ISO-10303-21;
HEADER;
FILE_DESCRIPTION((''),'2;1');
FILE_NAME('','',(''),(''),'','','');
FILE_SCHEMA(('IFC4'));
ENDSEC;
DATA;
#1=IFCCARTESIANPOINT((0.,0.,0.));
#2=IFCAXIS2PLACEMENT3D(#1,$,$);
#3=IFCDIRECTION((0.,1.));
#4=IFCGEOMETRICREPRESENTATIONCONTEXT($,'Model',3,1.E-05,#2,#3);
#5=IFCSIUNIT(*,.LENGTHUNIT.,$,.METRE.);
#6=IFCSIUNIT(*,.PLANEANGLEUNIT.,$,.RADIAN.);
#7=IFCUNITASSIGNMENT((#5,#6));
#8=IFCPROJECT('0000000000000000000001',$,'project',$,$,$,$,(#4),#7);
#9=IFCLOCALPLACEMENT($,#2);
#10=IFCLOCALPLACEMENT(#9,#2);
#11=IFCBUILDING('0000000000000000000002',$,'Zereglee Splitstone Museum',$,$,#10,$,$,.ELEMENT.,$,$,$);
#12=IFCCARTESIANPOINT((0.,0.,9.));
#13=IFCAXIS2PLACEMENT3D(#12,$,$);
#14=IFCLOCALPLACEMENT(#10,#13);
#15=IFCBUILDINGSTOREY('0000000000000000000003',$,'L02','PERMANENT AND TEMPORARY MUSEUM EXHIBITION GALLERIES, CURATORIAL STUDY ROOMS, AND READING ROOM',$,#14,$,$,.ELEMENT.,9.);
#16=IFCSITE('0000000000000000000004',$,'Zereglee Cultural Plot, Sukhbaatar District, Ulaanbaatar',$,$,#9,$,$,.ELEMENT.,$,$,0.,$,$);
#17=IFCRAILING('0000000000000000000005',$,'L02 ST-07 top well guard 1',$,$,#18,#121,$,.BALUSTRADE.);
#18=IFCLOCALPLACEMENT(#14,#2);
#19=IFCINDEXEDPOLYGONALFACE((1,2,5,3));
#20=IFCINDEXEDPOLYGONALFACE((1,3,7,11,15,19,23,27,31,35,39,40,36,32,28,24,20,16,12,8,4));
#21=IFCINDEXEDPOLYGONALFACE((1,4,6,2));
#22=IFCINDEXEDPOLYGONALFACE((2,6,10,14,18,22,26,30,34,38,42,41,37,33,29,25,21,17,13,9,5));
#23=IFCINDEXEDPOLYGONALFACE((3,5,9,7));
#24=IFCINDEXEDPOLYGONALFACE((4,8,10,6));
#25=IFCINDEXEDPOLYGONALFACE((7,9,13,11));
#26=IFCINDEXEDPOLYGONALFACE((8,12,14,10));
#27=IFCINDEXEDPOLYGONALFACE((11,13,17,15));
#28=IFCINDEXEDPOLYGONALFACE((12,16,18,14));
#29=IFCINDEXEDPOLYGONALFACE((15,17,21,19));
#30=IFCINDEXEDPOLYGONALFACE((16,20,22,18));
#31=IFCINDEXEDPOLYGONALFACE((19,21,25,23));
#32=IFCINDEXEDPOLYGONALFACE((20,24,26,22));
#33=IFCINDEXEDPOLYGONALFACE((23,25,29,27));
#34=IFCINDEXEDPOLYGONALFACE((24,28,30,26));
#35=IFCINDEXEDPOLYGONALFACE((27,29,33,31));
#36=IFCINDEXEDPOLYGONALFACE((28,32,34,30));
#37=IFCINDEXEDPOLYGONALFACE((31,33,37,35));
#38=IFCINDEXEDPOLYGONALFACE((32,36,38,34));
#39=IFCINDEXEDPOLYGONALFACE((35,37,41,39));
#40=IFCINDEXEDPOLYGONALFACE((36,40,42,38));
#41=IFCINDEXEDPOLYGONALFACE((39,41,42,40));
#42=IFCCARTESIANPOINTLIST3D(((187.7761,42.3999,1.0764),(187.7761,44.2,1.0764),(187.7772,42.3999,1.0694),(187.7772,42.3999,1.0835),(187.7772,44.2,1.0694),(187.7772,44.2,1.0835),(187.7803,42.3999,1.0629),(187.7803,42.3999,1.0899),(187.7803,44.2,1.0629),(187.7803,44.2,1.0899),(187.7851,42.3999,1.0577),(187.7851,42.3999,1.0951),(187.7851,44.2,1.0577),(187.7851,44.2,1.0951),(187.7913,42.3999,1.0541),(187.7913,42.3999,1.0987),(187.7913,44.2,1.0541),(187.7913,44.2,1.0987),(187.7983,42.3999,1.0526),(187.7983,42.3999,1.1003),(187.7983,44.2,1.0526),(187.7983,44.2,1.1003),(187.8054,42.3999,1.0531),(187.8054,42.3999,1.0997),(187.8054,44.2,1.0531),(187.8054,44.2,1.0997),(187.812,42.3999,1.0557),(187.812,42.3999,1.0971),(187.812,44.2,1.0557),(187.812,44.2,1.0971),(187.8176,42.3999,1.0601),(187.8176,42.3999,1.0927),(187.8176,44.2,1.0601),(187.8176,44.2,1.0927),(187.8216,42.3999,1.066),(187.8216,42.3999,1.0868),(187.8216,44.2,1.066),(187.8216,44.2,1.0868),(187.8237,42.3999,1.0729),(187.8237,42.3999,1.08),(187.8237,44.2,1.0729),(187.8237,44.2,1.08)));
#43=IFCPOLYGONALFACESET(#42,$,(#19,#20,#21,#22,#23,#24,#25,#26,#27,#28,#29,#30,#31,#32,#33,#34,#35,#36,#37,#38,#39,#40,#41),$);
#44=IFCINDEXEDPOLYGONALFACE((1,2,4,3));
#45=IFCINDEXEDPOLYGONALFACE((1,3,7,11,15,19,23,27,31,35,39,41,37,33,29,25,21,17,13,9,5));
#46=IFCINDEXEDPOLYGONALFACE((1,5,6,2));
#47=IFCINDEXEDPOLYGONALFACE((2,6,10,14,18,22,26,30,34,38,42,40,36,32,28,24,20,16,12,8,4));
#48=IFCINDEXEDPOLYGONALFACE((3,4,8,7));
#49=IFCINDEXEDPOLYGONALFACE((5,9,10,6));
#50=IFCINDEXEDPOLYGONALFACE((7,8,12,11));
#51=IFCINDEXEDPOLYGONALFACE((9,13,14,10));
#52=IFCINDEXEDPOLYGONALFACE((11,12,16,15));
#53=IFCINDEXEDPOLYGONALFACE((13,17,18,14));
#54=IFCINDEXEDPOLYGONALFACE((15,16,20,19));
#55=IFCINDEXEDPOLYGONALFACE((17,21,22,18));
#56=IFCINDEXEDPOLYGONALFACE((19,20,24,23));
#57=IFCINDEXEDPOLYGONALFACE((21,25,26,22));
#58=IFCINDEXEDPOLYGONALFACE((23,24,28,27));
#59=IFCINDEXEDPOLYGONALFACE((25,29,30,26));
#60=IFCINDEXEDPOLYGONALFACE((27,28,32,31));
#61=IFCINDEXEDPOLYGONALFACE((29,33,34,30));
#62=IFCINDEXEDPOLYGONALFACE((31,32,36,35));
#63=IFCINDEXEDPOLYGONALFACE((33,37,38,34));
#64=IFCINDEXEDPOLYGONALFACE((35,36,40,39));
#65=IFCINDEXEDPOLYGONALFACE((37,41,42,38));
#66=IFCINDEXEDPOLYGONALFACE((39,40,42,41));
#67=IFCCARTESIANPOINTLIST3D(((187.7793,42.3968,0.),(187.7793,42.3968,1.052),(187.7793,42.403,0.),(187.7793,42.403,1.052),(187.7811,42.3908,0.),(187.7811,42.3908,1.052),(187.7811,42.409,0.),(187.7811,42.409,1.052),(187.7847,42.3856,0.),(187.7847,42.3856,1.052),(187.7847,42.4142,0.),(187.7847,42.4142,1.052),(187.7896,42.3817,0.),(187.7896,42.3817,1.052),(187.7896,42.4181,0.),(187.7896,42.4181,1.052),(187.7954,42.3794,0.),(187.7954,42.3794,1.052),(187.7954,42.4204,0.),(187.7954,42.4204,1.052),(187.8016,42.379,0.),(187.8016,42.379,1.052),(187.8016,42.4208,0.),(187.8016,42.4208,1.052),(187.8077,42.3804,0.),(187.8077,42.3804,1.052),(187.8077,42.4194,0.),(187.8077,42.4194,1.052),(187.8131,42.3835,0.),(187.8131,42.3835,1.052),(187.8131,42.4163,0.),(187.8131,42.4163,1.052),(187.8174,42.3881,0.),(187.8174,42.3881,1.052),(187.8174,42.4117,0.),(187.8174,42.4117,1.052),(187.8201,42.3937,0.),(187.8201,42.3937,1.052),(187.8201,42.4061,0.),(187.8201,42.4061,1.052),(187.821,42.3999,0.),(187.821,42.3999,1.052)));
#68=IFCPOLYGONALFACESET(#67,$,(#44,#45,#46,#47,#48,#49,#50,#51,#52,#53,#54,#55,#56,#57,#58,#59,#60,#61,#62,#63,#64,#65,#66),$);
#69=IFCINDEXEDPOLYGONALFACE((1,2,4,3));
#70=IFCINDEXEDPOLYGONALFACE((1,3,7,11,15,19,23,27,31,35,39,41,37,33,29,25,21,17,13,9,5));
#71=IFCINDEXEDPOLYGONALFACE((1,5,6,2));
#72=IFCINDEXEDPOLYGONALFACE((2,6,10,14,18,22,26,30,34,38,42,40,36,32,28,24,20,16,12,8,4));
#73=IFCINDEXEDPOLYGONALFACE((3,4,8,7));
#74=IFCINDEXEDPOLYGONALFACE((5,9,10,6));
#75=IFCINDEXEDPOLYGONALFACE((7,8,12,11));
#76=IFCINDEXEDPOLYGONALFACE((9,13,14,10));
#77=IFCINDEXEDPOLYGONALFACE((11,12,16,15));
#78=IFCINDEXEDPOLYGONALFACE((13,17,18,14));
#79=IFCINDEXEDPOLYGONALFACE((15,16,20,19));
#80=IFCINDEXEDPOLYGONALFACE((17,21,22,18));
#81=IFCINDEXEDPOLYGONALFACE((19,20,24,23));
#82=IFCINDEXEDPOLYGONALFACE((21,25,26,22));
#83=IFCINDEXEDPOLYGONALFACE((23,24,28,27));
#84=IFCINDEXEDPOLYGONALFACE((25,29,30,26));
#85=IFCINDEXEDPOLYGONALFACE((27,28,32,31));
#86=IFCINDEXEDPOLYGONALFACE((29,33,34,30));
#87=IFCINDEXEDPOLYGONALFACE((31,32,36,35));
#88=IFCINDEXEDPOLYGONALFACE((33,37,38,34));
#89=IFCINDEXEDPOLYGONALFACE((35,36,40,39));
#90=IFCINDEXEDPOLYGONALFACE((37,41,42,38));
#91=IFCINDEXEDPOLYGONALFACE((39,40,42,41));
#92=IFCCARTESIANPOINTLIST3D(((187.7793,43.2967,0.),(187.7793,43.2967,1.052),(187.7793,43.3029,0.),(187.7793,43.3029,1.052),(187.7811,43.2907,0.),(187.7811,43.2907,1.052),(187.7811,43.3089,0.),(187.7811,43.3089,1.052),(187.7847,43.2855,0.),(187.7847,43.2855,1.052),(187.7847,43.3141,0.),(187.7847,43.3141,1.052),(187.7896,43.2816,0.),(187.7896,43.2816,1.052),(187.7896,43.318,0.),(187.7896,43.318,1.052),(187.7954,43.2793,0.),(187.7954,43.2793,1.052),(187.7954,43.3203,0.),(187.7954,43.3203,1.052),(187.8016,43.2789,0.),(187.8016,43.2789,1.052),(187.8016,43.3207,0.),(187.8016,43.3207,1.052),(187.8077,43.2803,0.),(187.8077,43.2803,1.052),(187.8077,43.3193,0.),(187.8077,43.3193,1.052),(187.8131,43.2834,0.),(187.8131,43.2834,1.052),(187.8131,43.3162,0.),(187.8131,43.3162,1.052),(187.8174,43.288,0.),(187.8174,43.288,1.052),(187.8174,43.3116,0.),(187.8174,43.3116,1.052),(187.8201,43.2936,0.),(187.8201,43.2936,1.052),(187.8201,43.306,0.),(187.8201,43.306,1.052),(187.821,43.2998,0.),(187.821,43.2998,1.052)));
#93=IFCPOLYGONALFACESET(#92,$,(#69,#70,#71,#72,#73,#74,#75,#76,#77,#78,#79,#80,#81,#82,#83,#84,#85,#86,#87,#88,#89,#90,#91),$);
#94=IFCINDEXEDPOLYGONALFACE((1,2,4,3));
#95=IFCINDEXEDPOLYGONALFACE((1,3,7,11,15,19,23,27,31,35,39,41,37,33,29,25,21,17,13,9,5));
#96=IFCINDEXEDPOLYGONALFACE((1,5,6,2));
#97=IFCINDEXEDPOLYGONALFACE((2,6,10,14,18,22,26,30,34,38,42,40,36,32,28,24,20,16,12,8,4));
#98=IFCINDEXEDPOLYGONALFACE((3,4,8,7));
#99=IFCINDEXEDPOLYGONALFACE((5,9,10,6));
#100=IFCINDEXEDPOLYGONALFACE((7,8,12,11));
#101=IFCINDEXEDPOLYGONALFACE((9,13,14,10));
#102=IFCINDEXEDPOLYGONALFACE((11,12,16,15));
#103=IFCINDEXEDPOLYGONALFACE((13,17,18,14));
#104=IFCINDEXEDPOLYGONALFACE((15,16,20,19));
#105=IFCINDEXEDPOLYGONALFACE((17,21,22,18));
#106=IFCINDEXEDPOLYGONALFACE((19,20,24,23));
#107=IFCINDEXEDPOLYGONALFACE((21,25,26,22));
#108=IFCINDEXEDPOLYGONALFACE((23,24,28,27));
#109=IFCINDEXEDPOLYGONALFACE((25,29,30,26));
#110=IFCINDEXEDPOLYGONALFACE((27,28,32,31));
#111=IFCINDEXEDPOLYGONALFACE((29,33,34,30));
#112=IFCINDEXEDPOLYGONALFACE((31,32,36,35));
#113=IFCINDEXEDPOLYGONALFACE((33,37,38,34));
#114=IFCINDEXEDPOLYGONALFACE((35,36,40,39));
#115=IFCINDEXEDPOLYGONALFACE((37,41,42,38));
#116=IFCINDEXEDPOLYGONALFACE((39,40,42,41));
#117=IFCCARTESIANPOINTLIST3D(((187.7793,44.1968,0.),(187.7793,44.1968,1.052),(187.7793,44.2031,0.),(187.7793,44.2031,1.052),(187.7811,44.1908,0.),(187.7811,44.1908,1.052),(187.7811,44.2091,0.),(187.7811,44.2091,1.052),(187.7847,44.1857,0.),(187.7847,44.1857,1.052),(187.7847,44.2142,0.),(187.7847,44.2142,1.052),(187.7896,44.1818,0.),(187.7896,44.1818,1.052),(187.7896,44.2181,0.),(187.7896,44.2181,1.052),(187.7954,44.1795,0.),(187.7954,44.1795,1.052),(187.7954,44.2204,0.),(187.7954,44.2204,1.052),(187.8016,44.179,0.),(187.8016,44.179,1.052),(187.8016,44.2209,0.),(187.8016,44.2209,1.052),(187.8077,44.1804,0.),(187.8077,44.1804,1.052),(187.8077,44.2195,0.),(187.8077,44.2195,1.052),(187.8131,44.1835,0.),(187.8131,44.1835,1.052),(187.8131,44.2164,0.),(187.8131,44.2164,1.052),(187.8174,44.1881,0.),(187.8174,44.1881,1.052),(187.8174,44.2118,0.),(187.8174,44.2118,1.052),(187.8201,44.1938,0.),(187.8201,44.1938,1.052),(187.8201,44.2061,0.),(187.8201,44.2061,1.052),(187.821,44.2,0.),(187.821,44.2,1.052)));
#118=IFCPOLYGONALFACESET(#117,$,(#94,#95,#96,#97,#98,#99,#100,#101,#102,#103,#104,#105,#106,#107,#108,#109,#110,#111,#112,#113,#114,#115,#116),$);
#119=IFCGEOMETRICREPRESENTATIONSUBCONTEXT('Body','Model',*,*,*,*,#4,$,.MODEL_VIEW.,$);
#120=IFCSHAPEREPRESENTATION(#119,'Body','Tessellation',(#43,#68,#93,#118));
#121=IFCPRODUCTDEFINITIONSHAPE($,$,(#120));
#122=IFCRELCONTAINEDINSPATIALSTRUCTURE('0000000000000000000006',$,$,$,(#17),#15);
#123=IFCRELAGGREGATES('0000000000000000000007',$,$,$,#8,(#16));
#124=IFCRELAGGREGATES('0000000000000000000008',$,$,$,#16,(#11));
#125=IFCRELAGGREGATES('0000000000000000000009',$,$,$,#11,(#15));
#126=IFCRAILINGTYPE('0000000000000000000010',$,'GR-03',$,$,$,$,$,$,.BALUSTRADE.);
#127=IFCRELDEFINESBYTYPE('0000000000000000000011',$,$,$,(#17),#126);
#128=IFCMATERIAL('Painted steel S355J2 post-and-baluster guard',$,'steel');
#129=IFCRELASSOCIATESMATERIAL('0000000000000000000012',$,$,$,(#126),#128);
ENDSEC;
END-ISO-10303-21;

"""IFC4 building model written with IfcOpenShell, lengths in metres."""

from ifc_helpers import new_model, si_unit, direction, frame, origin, origin_2d, place, context, subcontext, project, spatial, circle, extrude, material, type_object, element, save


model = new_model("IFC4")

# Units and contexts
model_context = context("Model", 3, precision=1e-05, world=origin(), true_north=direction((0.0, 1.0)))
body_context = subcontext(model_context, "Body", "Model", "MODEL_VIEW")
ifc_project = project(units=[si_unit("LENGTHUNIT", "METRE"), si_unit("PLANEANGLEUNIT", "RADIAN")], contexts=[model_context])

# Site, building, storey
site_placement = place(None, origin())
site = spatial("IfcSite", under=ifc_project, at=site_placement, Name="Zereglee Cultural Plot, Sukhbaatar District, Ulaanbaatar", CompositionType="ELEMENT", RefElevation=0.0)
building_placement = place(site_placement, origin())
building = spatial("IfcBuilding", under=site, at=building_placement, Name="Zereglee Splitstone Museum", CompositionType="ELEMENT")
storey_placement = place(building_placement, frame((0.0, 0.0, 9.0)))
storey = spatial("IfcBuildingStorey", under=building, at=storey_placement, Name="L02", Description="PERMANENT AND TEMPORARY MUSEUM EXHIBITION GALLERIES, CURATORIAL STUDY ROOMS, AND READING ROOM", CompositionType="ELEMENT", Elevation=9.0)

# Railing
ifc_material_1 = material(Name="Painted steel S355J2 post-and-baluster guard", Category="steel")
railing_type = type_object("IfcRailingType", Name="GR-03", PredefinedType="BALUSTRADE", material=ifc_material_1)
railing_1_placement = place(storey_placement, frame((187.8, 42.3999, 0.0)))
element("IfcRailing", 1, at=railing_1_placement, inside=storey, type_object=railing_type, Name="L02 ST-07 top well guard 1", PredefinedType="BALUSTRADE", context=body_context, shape_type="SweptSolid", body=[
    extrude(circle(Radius=0.0239, at=origin_2d()), frame((0.0, 0.0, 1.0764), z_axis=(0.0, 1.0, 0.0), x_axis=(-1.0, 0.0, 0.0)), (0.0, 0.0, 1.0), 1.8),
    extrude(circle(Radius=0.021, at=origin_2d()), origin(), (0.0, 0.0, 1.0), 1.052),
    extrude(circle(Radius=0.021, at=origin_2d()), frame((0.0, 0.8999, 0.0)), (0.0, 0.0, 1.0), 1.052),
    extrude(circle(Radius=0.021, at=origin_2d()), frame((0.0, 1.8, 0.0)), (0.0, 0.0, 1.0), 1.052),
])

save(model, "model.ifc")
